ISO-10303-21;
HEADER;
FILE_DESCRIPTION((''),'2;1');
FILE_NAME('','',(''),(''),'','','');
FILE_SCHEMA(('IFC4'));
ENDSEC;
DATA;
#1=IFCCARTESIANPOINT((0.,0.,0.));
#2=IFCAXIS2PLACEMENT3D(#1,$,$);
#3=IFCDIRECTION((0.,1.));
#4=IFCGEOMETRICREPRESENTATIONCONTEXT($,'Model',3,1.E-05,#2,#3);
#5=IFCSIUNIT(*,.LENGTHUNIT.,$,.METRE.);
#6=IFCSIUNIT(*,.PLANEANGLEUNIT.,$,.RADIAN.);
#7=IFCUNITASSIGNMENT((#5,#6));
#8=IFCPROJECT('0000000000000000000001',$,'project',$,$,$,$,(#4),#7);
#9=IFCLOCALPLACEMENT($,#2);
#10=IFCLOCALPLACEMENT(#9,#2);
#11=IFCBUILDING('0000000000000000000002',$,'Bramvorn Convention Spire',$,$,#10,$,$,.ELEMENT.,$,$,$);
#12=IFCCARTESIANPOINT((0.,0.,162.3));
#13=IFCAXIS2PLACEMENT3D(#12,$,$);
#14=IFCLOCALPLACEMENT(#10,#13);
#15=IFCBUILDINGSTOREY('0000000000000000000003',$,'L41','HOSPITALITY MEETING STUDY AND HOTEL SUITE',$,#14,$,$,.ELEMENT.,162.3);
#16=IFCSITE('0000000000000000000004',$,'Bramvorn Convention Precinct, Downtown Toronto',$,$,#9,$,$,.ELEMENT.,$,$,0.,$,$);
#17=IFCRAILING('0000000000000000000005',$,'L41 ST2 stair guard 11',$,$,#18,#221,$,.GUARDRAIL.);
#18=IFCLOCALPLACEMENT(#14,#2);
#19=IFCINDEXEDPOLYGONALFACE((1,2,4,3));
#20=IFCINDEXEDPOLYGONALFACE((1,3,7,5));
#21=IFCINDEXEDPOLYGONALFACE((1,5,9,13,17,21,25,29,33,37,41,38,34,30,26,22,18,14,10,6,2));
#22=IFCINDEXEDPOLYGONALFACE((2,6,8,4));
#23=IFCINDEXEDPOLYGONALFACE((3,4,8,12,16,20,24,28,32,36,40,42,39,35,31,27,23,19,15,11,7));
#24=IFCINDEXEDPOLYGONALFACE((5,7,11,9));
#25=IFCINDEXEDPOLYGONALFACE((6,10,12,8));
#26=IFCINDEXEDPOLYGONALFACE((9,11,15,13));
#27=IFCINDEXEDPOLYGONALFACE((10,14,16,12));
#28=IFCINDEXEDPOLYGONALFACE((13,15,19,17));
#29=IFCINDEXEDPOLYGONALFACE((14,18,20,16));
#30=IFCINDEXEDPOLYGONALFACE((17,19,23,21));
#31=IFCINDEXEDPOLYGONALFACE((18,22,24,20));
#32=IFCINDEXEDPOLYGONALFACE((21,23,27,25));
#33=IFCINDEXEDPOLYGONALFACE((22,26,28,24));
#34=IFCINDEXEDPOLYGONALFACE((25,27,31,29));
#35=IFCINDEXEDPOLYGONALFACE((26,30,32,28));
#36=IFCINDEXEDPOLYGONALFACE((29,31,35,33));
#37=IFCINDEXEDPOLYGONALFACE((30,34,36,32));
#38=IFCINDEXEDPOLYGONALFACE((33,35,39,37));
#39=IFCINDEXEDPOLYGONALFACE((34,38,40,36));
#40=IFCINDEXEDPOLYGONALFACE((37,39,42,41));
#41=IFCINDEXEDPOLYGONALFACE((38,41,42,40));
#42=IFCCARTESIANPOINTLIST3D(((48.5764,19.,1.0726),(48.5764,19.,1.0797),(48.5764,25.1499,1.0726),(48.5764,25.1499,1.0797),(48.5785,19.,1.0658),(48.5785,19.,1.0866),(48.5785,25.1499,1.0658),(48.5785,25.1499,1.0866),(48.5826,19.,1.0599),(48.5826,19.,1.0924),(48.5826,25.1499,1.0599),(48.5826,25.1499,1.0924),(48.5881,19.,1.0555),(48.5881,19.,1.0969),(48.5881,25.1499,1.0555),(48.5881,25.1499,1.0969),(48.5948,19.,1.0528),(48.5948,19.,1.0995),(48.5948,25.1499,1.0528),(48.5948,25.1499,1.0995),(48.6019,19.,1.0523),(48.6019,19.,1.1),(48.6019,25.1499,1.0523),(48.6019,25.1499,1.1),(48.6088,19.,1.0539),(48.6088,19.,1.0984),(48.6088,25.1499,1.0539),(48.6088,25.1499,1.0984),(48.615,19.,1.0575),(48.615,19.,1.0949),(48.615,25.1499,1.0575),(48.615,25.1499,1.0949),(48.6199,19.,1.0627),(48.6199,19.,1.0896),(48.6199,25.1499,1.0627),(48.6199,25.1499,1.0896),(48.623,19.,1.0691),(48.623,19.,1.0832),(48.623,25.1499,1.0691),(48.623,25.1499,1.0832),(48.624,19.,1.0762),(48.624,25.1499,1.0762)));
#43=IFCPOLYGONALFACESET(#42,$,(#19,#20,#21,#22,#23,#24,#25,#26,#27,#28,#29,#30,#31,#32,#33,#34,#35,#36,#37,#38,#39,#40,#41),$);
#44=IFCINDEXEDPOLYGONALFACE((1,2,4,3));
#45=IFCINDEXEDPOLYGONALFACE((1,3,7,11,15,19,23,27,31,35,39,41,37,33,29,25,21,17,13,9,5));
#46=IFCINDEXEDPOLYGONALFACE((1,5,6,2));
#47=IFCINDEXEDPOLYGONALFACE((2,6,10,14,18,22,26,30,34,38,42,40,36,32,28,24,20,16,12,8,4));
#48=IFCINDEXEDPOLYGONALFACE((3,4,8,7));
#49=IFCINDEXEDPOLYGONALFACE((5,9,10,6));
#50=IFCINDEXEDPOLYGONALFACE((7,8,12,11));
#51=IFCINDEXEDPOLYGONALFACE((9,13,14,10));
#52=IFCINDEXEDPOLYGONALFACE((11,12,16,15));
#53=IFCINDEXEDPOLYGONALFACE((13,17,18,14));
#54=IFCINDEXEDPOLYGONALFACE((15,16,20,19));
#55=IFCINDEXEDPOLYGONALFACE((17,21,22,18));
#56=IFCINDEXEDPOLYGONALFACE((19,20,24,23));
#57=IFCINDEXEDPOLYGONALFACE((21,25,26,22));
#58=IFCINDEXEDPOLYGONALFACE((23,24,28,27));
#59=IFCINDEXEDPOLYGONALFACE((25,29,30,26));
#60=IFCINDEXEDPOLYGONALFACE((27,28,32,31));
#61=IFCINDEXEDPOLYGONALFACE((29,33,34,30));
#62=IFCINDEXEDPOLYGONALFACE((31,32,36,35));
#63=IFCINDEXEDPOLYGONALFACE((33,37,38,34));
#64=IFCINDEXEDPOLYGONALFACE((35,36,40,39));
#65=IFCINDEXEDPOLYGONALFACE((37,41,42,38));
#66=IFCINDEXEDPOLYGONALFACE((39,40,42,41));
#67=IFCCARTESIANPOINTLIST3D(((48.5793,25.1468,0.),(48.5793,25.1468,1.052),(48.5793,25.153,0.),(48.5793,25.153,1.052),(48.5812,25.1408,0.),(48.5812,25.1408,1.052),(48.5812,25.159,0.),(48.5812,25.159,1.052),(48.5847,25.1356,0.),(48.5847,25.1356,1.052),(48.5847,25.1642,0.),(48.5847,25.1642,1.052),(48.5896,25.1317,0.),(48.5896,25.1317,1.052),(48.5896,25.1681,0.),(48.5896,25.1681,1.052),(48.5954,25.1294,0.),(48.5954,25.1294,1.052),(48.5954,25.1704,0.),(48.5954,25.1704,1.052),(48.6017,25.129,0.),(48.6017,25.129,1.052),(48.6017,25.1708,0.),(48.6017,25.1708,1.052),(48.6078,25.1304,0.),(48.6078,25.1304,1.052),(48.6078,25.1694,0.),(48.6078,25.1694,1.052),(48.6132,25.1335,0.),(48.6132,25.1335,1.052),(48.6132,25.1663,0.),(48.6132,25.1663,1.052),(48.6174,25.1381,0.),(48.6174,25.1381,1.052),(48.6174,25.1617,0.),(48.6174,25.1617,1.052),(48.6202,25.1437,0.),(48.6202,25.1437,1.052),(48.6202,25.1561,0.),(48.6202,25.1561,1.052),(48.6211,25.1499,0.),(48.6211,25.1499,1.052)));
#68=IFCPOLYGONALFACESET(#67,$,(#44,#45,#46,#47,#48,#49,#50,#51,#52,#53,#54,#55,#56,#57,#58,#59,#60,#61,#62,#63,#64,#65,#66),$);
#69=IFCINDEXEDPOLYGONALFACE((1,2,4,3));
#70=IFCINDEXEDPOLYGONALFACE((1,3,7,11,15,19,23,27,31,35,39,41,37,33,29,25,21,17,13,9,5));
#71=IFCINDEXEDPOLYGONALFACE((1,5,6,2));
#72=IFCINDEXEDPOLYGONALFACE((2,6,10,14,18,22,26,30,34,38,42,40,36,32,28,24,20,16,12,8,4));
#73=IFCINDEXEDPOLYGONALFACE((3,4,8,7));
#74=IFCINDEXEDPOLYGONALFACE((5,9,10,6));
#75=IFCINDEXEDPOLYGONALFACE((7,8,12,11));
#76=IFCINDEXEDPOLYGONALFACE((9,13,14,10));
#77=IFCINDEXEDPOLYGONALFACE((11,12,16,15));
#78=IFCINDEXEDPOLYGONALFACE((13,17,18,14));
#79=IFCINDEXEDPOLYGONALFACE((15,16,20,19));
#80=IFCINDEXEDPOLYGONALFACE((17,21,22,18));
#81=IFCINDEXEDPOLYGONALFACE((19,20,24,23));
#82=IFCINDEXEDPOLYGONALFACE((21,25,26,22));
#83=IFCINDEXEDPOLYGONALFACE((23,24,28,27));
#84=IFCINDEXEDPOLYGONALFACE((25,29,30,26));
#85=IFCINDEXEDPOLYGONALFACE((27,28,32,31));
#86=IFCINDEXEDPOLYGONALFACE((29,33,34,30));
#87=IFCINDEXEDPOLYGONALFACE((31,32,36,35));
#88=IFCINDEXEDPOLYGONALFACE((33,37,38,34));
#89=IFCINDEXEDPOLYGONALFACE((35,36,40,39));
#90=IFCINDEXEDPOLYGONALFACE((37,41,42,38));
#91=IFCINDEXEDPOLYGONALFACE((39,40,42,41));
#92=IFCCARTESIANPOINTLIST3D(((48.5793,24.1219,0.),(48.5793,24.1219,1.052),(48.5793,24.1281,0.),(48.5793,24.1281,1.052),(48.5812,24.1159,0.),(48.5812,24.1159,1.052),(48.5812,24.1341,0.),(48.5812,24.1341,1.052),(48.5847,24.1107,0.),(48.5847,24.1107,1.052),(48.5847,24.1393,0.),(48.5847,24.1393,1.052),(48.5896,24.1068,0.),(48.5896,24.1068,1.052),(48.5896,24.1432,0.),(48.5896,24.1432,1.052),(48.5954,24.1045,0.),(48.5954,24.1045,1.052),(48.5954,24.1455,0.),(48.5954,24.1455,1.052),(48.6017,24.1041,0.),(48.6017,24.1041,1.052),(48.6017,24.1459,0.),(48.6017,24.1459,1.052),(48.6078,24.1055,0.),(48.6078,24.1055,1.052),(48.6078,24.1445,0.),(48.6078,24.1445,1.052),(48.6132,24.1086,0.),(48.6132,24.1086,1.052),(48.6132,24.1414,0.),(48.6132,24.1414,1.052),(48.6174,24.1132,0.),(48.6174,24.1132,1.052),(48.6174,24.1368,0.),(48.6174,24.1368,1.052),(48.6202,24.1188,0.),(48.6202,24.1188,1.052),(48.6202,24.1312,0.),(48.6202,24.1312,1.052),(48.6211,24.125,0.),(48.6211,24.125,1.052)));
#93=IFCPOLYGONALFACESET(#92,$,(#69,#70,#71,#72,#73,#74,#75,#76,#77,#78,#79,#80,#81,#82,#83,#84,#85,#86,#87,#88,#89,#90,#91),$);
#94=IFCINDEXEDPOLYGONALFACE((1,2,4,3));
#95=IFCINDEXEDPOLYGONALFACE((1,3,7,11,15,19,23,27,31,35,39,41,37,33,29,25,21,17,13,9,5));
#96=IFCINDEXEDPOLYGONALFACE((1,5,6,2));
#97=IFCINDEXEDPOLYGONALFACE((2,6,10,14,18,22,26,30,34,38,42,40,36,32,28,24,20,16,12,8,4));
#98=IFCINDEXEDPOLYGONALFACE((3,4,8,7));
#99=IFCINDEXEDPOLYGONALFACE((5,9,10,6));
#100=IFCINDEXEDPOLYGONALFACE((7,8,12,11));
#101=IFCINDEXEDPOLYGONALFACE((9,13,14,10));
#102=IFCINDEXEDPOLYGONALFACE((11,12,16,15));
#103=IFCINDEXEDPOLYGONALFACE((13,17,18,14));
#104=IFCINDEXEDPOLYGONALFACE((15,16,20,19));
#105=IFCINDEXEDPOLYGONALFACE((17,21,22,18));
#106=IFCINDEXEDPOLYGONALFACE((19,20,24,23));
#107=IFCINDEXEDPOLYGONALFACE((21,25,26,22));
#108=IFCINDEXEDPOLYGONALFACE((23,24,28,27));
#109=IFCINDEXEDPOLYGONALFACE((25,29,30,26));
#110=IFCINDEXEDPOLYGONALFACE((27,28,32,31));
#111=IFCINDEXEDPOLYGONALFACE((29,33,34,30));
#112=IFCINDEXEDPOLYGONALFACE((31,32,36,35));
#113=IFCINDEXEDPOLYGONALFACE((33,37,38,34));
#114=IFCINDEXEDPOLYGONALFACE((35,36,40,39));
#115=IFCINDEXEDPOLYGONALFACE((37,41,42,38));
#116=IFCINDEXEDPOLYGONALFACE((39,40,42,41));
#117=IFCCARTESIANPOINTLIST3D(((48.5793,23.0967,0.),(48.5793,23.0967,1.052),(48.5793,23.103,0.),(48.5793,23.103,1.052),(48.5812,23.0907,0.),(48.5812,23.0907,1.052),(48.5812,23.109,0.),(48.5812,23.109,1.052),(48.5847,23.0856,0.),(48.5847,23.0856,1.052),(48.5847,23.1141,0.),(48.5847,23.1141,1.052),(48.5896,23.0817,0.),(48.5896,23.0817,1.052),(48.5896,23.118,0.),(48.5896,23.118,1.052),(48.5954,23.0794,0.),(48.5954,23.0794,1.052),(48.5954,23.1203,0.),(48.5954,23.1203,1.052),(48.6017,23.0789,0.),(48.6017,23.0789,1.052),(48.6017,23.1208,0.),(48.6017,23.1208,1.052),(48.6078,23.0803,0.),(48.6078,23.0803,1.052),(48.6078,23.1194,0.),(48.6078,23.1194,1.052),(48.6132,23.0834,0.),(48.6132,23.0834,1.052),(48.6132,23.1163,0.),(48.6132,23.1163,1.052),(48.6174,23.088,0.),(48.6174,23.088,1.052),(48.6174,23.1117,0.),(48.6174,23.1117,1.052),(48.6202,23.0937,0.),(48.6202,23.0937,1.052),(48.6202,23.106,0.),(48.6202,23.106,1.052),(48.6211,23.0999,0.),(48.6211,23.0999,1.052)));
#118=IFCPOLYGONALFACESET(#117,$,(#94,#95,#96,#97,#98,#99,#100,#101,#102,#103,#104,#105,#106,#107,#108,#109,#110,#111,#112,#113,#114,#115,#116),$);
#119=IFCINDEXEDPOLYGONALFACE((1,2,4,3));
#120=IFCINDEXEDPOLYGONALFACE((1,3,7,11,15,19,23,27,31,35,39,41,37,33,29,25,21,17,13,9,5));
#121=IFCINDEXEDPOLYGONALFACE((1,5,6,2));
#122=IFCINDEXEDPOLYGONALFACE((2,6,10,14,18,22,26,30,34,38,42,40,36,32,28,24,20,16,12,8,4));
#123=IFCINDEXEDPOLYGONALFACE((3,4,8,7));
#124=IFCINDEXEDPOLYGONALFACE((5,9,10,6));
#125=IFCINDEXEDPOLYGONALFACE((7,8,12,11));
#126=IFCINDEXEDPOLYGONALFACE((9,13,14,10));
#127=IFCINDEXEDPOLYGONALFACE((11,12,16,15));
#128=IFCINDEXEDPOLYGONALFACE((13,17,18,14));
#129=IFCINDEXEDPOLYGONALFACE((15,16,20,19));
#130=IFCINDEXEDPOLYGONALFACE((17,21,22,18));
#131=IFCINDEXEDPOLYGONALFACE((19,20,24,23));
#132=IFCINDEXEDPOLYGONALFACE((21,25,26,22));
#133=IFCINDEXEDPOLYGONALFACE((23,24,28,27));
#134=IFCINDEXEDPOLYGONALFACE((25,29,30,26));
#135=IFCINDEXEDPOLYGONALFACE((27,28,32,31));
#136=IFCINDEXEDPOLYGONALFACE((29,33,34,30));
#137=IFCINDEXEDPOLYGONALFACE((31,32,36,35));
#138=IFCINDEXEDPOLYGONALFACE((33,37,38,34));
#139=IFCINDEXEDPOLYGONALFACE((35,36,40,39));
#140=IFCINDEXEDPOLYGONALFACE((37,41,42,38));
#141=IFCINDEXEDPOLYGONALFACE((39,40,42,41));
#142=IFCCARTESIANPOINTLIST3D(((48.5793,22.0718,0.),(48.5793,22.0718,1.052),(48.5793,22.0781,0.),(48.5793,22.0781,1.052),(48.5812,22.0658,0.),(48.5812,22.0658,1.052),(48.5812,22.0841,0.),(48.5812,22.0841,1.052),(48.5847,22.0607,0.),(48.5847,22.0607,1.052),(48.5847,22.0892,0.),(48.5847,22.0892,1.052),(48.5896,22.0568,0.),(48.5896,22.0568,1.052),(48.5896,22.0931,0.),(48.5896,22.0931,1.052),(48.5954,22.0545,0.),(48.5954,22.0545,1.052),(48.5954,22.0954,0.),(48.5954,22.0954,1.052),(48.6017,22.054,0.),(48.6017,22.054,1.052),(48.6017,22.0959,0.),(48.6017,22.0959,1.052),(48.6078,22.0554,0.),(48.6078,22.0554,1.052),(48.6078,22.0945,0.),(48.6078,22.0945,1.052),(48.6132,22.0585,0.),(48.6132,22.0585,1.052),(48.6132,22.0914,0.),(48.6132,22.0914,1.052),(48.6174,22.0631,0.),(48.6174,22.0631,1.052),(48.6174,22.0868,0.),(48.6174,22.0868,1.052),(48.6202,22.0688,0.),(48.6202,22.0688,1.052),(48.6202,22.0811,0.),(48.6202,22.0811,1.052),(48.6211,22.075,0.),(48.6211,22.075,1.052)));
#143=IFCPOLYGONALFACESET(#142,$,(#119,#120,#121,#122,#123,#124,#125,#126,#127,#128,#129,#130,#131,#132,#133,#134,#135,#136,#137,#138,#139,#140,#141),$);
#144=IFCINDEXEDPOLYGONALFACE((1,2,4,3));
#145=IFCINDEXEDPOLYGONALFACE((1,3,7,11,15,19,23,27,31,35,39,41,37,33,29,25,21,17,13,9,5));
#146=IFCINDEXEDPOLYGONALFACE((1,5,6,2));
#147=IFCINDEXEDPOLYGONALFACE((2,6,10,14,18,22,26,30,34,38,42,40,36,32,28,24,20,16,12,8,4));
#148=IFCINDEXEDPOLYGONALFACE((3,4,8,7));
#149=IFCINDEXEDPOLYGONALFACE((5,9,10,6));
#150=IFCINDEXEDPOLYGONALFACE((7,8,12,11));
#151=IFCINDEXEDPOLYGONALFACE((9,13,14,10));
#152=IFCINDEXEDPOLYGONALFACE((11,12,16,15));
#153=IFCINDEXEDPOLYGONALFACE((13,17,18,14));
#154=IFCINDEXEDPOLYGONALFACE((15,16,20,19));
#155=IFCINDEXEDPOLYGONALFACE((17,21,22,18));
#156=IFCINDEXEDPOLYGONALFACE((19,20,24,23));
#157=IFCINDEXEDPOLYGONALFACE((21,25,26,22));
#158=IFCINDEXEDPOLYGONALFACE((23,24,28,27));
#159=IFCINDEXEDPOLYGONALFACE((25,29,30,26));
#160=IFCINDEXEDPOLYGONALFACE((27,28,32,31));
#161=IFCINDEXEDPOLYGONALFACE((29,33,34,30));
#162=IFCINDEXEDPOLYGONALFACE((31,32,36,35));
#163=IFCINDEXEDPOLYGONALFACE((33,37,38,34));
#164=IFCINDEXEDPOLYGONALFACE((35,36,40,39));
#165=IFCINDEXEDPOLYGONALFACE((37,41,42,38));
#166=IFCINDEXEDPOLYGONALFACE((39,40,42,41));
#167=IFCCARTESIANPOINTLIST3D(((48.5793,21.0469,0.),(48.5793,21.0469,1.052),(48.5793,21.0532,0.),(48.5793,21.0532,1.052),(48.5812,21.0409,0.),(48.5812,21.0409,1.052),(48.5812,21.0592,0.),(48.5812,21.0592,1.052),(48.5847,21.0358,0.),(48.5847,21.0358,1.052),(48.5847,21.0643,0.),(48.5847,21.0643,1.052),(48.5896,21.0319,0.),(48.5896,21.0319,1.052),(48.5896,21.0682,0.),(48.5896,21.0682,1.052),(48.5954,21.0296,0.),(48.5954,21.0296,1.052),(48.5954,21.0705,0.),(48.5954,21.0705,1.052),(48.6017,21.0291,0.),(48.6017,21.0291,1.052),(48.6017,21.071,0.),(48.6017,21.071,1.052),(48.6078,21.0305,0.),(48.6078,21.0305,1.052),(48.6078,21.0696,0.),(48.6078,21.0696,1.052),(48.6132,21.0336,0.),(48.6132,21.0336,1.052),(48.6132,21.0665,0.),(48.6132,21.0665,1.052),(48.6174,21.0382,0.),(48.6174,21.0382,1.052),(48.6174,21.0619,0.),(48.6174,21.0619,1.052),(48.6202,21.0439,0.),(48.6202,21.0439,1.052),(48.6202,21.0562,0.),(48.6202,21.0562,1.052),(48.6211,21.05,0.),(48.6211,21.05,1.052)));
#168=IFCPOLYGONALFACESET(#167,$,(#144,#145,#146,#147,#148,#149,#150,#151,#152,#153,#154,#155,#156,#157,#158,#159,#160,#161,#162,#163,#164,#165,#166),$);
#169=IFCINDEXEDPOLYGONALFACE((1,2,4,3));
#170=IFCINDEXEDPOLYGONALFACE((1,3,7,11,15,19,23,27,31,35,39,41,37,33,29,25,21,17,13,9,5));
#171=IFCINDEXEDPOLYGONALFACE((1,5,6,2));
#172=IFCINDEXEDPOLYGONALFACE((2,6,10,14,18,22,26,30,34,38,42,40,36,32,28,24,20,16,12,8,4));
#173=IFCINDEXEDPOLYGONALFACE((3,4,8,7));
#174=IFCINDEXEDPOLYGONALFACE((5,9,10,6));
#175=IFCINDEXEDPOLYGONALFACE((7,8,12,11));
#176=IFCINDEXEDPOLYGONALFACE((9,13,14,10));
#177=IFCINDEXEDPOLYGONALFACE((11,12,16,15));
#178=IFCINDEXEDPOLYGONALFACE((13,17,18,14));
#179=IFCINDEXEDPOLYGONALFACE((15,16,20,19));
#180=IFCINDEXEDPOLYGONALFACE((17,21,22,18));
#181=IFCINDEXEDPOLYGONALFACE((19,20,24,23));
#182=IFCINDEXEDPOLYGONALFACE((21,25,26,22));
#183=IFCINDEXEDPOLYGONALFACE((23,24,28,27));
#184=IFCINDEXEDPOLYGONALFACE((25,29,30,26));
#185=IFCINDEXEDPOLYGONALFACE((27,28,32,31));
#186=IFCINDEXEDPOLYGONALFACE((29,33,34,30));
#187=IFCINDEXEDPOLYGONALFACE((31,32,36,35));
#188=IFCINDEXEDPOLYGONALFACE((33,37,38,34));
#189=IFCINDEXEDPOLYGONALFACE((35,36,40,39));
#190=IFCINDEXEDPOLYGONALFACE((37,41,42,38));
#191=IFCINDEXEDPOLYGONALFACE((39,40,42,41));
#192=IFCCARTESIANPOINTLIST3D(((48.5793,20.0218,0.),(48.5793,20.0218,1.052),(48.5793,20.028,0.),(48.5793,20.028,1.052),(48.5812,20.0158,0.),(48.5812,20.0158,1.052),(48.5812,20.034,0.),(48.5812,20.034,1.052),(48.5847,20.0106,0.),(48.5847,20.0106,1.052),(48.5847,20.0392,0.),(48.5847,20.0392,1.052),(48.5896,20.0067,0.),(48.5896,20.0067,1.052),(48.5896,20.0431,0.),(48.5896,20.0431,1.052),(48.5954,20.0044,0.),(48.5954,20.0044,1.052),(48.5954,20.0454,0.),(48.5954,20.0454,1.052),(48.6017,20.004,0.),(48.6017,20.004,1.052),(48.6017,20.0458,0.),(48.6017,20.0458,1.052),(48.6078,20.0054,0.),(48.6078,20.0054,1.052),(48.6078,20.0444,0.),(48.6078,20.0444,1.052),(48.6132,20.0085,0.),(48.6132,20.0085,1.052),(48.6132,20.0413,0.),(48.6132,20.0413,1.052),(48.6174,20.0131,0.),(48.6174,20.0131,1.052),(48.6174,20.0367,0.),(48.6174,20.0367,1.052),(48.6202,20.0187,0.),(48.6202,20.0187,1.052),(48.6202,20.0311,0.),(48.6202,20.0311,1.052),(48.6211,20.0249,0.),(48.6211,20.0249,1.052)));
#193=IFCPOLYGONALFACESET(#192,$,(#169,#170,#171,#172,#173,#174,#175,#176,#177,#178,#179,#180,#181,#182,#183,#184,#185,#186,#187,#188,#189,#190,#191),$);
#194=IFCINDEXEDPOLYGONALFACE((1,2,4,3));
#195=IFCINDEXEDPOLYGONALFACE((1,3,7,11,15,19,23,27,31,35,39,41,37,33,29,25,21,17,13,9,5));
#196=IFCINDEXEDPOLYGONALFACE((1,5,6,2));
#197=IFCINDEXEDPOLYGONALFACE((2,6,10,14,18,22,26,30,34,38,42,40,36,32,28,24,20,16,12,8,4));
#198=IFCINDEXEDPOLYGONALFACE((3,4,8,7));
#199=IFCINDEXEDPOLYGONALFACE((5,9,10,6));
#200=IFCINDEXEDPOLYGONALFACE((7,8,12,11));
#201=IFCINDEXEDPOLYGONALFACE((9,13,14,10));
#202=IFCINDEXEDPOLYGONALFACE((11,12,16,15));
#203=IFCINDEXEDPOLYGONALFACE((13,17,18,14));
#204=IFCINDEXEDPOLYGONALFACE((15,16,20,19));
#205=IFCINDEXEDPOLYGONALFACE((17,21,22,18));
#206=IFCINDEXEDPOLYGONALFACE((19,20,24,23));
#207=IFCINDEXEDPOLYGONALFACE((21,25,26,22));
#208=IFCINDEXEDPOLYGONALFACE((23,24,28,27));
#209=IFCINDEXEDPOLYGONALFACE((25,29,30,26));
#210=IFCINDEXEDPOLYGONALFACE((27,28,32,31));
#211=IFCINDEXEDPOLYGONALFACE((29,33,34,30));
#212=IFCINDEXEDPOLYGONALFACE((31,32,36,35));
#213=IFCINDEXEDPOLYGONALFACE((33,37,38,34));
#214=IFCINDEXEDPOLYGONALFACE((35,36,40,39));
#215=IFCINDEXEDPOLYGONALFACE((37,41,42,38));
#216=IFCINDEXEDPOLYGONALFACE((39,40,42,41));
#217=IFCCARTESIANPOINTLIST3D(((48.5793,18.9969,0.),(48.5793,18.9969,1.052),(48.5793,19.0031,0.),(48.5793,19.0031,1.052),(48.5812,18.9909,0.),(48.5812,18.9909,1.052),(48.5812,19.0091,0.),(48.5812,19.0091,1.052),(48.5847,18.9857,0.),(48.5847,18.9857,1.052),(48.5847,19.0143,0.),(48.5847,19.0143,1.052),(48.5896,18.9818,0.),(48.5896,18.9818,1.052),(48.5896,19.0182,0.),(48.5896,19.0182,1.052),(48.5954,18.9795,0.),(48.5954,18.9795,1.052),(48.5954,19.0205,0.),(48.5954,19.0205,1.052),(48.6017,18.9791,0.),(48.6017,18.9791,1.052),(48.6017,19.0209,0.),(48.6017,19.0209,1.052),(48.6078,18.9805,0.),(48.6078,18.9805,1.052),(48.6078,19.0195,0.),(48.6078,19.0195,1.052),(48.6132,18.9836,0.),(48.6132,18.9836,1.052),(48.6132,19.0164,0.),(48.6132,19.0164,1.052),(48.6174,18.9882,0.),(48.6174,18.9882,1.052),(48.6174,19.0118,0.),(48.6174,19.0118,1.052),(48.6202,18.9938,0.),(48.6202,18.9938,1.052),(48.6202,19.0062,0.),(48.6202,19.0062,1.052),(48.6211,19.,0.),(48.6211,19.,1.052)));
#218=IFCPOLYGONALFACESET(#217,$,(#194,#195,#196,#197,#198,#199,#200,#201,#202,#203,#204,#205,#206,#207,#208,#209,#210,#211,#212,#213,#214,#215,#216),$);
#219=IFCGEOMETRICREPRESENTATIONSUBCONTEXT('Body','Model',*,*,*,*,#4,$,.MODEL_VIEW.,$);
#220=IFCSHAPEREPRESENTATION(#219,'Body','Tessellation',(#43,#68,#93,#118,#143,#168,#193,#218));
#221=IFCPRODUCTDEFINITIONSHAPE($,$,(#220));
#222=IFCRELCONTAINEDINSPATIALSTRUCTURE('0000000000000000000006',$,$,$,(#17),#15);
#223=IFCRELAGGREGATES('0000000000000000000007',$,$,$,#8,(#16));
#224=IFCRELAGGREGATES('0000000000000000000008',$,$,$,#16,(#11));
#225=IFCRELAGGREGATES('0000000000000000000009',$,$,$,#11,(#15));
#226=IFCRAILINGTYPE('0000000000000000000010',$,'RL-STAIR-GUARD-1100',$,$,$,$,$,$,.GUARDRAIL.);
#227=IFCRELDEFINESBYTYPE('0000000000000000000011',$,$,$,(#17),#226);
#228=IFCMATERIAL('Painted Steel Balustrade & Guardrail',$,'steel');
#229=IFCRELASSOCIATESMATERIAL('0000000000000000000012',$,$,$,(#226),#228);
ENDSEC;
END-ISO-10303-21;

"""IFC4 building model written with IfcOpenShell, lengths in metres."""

from ifc_helpers import new_model, si_unit, direction, frame, origin, origin_2d, place, context, subcontext, project, spatial, circle, extrude, material, type_object, element, save


model = new_model("IFC4")

# Units and contexts
model_context = context("Model", 3, precision=1e-05, world=origin(), true_north=direction((0.0, 1.0)))
body_context = subcontext(model_context, "Body", "Model", "MODEL_VIEW")
ifc_project = project(units=[si_unit("LENGTHUNIT", "METRE"), si_unit("PLANEANGLEUNIT", "RADIAN")], contexts=[model_context])

# Site, building, storey
site_placement = place(None, origin())
site = spatial("IfcSite", under=ifc_project, at=site_placement, Name="Bramvorn Convention Precinct, Downtown Toronto", CompositionType="ELEMENT", RefElevation=0.0)
building_placement = place(site_placement, origin())
building = spatial("IfcBuilding", under=site, at=building_placement, Name="Bramvorn Convention Spire", CompositionType="ELEMENT")
storey_placement = place(building_placement, frame((0.0, 0.0, 162.3)))
storey = spatial("IfcBuildingStorey", under=building, at=storey_placement, Name="L41", Description="HOSPITALITY MEETING STUDY AND HOTEL SUITE", CompositionType="ELEMENT", Elevation=162.3)

# Railing
ifc_material_1 = material(Name="Painted Steel Balustrade & Guardrail", Category="steel")
railing_type_1 = type_object("IfcRailingType", Name="RL-STAIR-GUARD-1100", PredefinedType="GUARDRAIL", material=ifc_material_1)
railing_1_placement = place(storey_placement, frame((48.6001, 25.1499, 0.0)))
element("IfcRailing", 1, at=railing_1_placement, inside=storey, type_object=railing_type_1, Name="L41 ST2 stair guard 11", PredefinedType="GUARDRAIL", context=body_context, shape_type="SweptSolid", body=[
    extrude(circle(Radius=0.0239, at=origin_2d()), frame((0.0, 0.0, 1.0762), z_axis=(0.0, -1.0, 0.0), x_axis=(1.0, 0.0, 0.0)), (0.0, 0.0, 1.0), 6.1499),
    extrude(circle(Radius=0.021, at=origin_2d()), origin(), (0.0, 0.0, 1.0), 1.052),
    extrude(circle(Radius=0.021, at=origin_2d()), frame((0.0, -1.0249, 0.0)), (0.0, 0.0, 1.0), 1.052),
    extrude(circle(Radius=0.021, at=origin_2d()), frame((0.0, -2.05, 0.0)), (0.0, 0.0, 1.0), 1.052),
    extrude(circle(Radius=0.021, at=origin_2d()), frame((0.0, -3.075, 0.0)), (0.0, 0.0, 1.0), 1.052),
    extrude(circle(Radius=0.021, at=origin_2d()), frame((0.0, -4.0999, 0.0)), (0.0, 0.0, 1.0), 1.052),
    extrude(circle(Radius=0.021, at=origin_2d()), frame((0.0, -5.125, 0.0)), (0.0, 0.0, 1.0), 1.052),
    extrude(circle(Radius=0.021, at=origin_2d()), frame((0.0, -6.1499, 0.0)), (0.0, 0.0, 1.0), 1.052),
])

save(model, "model.ifc")
